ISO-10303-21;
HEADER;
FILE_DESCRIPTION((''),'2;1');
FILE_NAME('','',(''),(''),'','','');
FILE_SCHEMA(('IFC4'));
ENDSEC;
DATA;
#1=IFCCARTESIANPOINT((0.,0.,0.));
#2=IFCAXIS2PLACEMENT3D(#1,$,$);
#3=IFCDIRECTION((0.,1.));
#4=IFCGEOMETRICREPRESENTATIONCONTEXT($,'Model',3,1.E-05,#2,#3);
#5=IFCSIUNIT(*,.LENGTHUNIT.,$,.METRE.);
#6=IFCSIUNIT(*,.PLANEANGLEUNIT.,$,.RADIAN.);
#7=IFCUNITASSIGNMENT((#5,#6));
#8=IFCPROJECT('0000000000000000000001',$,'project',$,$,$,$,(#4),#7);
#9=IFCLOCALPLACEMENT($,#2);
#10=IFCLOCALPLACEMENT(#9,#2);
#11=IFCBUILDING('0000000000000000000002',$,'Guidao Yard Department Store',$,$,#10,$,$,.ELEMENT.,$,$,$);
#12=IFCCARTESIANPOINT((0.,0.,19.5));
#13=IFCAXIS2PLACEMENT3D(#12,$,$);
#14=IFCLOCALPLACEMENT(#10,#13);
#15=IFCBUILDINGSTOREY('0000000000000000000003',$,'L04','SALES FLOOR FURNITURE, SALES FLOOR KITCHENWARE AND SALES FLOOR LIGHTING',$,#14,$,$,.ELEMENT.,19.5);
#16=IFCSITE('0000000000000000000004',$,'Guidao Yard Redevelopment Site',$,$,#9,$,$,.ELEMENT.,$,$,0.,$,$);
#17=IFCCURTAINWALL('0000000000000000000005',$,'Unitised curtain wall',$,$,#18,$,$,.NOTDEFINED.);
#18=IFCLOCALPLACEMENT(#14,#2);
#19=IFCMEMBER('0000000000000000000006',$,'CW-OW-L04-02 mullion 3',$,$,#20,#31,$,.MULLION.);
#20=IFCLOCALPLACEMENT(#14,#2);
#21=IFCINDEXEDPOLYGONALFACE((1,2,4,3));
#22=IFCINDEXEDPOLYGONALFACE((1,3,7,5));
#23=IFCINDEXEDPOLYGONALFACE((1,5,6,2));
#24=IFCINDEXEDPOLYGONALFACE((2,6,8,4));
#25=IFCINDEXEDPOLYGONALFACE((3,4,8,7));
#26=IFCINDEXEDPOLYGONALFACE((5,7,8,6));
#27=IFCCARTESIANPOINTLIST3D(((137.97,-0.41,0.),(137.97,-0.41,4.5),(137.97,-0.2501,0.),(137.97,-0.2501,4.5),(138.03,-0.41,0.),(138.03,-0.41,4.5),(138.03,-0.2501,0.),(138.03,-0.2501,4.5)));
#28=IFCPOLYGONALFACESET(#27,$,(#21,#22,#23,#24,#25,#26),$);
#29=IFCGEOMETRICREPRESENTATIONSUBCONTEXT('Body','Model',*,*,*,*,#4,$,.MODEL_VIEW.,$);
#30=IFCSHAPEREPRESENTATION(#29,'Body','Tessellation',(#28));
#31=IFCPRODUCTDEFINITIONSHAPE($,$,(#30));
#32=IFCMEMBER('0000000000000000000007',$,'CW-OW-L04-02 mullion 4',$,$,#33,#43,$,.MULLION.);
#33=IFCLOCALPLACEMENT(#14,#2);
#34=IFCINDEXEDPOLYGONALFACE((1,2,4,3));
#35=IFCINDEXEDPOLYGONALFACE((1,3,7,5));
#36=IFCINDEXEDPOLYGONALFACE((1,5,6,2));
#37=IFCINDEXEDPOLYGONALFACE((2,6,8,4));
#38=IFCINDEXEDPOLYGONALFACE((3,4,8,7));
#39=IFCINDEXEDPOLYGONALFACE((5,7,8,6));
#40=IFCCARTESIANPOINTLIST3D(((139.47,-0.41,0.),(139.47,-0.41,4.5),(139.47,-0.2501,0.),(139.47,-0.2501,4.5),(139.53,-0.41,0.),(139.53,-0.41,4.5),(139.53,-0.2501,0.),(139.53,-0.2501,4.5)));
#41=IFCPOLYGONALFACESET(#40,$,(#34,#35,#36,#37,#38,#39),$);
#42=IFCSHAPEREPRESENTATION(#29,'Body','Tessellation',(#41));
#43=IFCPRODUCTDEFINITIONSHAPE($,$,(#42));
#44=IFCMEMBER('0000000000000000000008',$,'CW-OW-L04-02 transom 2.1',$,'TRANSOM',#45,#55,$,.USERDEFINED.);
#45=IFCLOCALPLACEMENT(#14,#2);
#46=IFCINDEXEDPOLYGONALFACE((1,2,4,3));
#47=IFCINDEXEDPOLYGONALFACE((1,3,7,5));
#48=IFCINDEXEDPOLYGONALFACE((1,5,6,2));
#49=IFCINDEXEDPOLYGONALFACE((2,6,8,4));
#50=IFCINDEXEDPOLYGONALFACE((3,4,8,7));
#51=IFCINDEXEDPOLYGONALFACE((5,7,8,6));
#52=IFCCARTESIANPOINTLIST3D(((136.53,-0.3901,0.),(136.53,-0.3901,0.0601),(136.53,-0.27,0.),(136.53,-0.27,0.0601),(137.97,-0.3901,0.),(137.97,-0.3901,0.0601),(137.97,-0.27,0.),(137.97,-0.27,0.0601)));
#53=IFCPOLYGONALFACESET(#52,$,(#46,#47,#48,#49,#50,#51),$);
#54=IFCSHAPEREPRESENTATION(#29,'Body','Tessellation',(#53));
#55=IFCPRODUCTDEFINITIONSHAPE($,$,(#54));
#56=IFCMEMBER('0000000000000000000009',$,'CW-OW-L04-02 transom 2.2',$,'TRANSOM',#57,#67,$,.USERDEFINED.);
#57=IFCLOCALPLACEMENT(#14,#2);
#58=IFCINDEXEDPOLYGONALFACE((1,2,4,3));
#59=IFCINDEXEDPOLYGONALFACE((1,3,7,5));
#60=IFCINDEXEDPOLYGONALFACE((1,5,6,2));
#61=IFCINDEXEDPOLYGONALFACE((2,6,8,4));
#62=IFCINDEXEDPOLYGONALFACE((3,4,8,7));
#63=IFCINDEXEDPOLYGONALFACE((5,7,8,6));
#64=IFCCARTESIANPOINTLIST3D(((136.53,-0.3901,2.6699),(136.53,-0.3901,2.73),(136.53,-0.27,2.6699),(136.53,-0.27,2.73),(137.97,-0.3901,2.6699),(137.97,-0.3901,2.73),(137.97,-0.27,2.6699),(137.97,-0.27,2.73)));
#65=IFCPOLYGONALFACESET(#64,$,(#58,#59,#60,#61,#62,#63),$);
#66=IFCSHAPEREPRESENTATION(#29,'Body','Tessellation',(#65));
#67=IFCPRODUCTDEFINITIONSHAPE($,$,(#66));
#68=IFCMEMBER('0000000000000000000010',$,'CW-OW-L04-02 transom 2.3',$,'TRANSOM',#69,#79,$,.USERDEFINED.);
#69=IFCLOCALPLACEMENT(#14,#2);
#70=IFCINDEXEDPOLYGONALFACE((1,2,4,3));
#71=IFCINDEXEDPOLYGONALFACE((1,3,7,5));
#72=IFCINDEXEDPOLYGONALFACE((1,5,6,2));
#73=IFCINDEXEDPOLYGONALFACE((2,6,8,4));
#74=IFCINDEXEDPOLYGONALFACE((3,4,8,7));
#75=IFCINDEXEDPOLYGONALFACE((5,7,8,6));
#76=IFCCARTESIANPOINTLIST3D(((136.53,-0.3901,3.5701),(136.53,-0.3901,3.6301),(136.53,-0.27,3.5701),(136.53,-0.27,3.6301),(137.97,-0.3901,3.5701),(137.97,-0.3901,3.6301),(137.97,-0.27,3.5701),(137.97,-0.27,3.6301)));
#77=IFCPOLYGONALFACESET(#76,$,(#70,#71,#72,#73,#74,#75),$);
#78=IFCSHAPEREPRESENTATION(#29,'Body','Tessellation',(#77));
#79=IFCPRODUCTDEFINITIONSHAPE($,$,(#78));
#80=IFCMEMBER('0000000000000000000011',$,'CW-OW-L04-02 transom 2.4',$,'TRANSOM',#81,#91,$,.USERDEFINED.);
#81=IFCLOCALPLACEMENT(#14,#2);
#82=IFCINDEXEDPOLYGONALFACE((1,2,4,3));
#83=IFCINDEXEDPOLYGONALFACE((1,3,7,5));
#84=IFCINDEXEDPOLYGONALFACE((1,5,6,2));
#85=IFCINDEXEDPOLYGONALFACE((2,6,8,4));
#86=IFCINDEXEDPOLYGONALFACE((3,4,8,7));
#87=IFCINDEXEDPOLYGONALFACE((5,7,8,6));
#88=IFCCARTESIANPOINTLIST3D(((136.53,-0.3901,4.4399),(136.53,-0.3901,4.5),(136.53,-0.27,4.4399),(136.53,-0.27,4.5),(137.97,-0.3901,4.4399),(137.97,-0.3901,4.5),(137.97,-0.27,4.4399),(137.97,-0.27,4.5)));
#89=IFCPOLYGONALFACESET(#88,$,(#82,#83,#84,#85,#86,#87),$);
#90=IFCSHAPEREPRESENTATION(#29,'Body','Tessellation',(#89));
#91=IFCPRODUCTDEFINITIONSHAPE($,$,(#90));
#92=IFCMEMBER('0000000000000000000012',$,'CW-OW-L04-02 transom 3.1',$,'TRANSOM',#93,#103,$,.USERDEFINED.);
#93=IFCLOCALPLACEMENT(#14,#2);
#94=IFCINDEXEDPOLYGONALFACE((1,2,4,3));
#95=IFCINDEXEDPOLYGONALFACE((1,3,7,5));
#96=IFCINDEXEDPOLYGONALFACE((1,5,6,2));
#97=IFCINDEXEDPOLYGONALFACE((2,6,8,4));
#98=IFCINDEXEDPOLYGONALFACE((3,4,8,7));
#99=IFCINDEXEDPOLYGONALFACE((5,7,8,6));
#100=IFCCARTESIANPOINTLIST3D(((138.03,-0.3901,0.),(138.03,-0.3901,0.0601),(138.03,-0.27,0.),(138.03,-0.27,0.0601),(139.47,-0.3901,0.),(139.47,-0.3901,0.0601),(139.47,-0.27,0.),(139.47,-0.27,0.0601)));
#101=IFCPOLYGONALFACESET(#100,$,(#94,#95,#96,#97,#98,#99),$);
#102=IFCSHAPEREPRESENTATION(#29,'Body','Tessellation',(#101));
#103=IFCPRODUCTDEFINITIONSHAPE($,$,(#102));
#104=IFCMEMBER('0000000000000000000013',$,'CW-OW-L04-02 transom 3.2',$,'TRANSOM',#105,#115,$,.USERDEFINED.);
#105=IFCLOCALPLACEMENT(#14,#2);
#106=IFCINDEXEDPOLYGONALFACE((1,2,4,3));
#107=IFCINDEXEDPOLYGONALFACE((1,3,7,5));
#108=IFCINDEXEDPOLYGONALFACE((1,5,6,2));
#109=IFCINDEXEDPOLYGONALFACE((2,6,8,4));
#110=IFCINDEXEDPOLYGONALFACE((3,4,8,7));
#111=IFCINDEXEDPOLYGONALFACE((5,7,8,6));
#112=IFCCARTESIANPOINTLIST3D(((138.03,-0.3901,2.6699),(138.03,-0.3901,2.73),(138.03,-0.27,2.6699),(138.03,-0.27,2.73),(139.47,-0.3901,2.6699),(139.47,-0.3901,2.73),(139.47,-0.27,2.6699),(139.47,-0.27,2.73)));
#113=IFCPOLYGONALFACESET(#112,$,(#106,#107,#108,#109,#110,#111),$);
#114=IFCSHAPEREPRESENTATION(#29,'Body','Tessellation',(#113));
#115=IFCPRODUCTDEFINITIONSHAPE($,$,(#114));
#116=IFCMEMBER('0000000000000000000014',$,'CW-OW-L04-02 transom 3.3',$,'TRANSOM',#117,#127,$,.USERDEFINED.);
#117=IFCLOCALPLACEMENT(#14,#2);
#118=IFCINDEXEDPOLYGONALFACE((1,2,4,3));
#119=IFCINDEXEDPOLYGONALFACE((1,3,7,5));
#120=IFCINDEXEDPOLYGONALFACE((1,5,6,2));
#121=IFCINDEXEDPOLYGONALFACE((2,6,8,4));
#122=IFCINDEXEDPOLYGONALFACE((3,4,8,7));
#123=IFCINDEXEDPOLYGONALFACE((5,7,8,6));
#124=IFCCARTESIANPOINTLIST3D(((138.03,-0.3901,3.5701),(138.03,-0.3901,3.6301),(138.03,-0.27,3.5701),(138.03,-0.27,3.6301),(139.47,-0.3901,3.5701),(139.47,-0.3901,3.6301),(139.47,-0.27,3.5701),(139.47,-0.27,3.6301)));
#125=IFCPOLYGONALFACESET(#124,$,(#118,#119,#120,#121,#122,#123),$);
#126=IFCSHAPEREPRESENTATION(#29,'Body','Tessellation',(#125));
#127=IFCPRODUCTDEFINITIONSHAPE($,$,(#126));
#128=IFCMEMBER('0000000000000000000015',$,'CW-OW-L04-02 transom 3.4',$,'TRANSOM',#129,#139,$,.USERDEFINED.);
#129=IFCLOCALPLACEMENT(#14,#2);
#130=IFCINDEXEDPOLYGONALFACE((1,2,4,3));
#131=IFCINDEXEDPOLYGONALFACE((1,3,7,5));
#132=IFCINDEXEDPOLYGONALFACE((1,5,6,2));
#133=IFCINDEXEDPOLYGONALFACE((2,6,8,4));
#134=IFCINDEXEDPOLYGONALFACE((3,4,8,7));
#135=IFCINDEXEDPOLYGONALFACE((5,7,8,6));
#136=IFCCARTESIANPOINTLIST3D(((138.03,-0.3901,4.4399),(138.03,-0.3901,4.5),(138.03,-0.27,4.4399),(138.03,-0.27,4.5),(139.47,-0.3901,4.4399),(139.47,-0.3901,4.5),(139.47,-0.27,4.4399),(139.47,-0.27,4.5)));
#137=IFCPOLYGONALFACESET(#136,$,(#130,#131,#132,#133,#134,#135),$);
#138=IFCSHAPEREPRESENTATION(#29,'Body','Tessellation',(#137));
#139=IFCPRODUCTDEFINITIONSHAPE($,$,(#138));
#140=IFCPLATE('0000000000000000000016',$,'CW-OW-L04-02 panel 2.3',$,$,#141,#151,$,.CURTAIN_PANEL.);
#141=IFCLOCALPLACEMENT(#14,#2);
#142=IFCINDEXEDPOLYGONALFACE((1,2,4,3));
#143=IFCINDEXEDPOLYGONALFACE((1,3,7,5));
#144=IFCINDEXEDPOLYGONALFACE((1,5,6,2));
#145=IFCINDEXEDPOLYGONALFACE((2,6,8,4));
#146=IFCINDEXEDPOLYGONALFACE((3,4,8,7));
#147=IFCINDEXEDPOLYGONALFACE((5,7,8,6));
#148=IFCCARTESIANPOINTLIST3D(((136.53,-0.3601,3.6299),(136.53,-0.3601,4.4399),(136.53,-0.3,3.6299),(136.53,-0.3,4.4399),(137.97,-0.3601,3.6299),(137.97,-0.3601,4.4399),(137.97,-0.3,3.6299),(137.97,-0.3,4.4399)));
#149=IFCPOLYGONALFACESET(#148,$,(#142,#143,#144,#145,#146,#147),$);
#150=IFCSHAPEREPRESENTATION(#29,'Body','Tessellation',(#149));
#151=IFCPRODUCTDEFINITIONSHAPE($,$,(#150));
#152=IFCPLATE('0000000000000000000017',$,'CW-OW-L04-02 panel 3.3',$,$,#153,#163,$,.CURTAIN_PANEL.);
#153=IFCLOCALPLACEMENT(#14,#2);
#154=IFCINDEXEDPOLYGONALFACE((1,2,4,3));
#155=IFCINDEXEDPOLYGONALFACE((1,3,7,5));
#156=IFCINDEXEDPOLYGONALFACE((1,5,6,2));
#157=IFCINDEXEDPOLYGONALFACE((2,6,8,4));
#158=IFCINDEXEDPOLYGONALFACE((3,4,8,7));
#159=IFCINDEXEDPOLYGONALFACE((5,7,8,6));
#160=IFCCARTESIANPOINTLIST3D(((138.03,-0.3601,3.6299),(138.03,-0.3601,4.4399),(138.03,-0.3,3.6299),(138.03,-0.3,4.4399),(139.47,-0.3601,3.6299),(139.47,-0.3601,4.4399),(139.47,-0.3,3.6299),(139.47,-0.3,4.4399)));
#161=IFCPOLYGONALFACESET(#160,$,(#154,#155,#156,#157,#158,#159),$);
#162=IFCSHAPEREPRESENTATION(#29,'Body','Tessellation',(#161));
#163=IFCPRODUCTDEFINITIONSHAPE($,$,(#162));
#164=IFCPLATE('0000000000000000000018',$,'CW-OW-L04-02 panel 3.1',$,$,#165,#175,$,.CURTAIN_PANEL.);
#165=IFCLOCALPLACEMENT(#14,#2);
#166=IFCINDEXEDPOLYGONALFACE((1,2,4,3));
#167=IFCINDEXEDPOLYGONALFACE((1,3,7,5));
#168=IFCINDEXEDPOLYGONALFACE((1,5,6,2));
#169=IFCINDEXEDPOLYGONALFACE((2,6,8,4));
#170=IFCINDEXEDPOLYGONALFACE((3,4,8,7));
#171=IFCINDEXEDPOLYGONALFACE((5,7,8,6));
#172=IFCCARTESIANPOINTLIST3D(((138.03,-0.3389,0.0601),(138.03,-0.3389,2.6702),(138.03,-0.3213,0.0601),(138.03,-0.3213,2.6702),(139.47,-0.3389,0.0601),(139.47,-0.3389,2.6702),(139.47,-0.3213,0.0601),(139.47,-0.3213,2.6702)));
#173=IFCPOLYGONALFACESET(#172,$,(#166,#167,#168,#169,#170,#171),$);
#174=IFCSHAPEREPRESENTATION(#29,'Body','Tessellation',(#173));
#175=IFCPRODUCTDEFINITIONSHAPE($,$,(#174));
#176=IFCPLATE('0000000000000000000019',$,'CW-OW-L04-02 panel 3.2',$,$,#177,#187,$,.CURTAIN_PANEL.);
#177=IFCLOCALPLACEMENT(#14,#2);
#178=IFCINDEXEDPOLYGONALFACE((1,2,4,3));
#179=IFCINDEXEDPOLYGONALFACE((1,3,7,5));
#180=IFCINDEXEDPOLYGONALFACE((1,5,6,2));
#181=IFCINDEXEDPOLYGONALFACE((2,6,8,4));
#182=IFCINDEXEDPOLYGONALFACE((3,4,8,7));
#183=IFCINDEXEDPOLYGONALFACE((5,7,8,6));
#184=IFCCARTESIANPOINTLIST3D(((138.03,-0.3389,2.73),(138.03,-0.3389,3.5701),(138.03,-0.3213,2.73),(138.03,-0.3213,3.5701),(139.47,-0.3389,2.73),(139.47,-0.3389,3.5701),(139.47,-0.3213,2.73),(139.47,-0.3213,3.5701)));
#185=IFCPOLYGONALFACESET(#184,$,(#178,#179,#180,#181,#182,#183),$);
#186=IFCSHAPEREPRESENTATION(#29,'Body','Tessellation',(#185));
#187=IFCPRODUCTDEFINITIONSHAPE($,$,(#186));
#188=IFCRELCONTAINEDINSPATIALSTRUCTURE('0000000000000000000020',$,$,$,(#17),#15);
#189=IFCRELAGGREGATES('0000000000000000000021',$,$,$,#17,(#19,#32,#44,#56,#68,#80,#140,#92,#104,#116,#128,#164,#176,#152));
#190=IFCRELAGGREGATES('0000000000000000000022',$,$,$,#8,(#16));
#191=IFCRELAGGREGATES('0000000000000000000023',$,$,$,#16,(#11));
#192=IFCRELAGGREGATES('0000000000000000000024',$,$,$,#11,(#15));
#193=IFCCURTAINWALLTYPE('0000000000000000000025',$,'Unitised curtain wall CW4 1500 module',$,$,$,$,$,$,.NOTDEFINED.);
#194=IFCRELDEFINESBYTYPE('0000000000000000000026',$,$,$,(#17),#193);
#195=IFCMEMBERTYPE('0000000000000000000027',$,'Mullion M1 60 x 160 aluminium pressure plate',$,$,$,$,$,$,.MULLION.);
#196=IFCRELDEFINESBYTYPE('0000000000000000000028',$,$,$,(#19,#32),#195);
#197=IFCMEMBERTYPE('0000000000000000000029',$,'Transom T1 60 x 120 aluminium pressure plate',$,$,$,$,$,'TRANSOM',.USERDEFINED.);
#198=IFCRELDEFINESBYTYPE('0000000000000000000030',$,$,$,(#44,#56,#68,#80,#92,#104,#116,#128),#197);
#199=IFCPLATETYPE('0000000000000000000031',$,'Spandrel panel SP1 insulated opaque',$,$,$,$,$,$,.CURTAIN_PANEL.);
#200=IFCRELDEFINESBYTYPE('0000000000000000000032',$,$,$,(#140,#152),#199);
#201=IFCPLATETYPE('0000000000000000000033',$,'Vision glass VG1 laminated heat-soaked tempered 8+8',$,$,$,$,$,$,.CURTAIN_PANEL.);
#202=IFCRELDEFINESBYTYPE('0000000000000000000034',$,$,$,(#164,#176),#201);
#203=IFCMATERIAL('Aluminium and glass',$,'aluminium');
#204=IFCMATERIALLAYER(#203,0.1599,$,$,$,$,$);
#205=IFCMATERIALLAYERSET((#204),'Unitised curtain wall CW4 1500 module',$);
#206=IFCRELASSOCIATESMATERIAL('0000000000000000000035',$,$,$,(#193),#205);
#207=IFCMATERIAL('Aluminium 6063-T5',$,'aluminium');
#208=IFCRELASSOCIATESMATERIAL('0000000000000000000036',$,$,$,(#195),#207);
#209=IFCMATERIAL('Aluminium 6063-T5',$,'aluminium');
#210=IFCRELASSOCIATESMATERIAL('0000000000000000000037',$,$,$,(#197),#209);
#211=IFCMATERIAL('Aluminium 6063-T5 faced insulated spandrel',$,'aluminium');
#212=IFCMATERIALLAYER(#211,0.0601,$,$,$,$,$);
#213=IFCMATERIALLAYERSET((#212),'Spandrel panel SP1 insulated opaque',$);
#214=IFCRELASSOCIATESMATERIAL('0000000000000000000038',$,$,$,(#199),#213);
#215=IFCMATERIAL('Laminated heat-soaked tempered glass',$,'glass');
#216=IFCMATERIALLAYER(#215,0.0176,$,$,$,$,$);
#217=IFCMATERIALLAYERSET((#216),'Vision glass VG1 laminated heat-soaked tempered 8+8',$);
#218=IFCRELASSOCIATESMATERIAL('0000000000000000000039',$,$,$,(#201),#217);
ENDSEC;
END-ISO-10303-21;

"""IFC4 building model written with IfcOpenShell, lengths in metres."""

from ifc_helpers import new_model, si_unit, direction, frame, origin, origin_2d, place, context, subcontext, project, spatial, rectangle, extrude, material, layer, layer_set, material_profile, profile_set, type_object, element, aggregate, save


model = new_model("IFC4")

# Units and contexts
model_context = context("Model", 3, precision=1e-05, world=origin(), true_north=direction((0.0, 1.0)))
body_context = subcontext(model_context, "Body", "Model", "MODEL_VIEW")
ifc_project = project(units=[si_unit("LENGTHUNIT", "METRE"), si_unit("PLANEANGLEUNIT", "RADIAN")], contexts=[model_context])

# Site, building, storey
site_placement = place(None, origin())
site = spatial("IfcSite", under=ifc_project, at=site_placement, Name="Guidao Yard Redevelopment Site", CompositionType="ELEMENT", RefElevation=0.0)
building_placement = place(site_placement, origin())
building = spatial("IfcBuilding", under=site, at=building_placement, Name="Guidao Yard Department Store", CompositionType="ELEMENT")
storey_placement = place(building_placement, frame((0.0, 0.0, 19.5)))
storey = spatial("IfcBuildingStorey", under=building, at=storey_placement, Name="L04", Description="SALES FLOOR FURNITURE, SALES FLOOR KITCHENWARE AND SALES FLOOR LIGHTING", CompositionType="ELEMENT", Elevation=19.5)

# Curtain wall, members, plates
ifc_material_1 = material(Name="Aluminium and glass", Category="aluminium")
ifc_layer_1 = layer(ifc_material_1, 0.1599)
ifc_layer_set_1 = layer_set([ifc_layer_1], Name="Unitised curtain wall CW4 1500 module")
curtain_wall_type = type_object("IfcCurtainWallType", Name="Unitised curtain wall CW4 1500 module", PredefinedType="NOTDEFINED", material=ifc_layer_set_1)
curtain_wall_placement = place(storey_placement, origin())
curtain_wall = element("IfcCurtainWall", 1, at=curtain_wall_placement, inside=storey, type_object=curtain_wall_type, Name="Unitised curtain wall", PredefinedType="NOTDEFINED")
ifc_material_2 = material(Name="Aluminium 6063-T5", Category="aluminium")
ifc_material_profile_1 = material_profile(ifc_material_2, rectangle(XDim=0.0601, YDim=0.1599, at=origin_2d()), Name="Mullion M1 60 x 160 aluminium pressure plate")
ifc_profile_set_1 = profile_set([ifc_material_profile_1], Name="Aluminium 6063-T5")
member_type_1 = type_object("IfcMemberType", Name="Mullion M1 60 x 160 aluminium pressure plate", PredefinedType="MULLION", material=ifc_profile_set_1)
member_1_placement = place(storey_placement, frame((138.0, -0.3301, 0.0), z_axis=(0.0, 0.0, 1.0), x_axis=(-1.0, 0.0, 0.0)))
member_1 = element("IfcMember", 2, at=member_1_placement, type_object=member_type_1, Name="CW-OW-L04-02 mullion 3", PredefinedType="MULLION", context=body_context, shape_type="SweptSolid", body=[
    extrude(rectangle(XDim=0.0601, YDim=0.1599, at=origin_2d()), origin(), (0.0, 0.0, 1.0), 4.5),
])
member_2_placement = place(storey_placement, frame((139.5, -0.3301, 0.0), z_axis=(0.0, 0.0, 1.0), x_axis=(-1.0, 0.0, 0.0)))
member_2 = element("IfcMember", 3, at=member_2_placement, type_object=member_type_1, Name="CW-OW-L04-02 mullion 4", PredefinedType="MULLION", context=body_context, shape_type="SweptSolid", body=[
    extrude(rectangle(XDim=0.0601, YDim=0.1599, at=origin_2d()), origin(), (0.0, 0.0, 1.0), 4.5),
])
ifc_material_3 = material(Name="Aluminium 6063-T5", Category="aluminium")
ifc_material_profile_2 = material_profile(ifc_material_3, rectangle(XDim=0.1201, YDim=0.0601, at=origin_2d()), Name="Transom T1 60 x 120 aluminium pressure plate")
ifc_profile_set_2 = profile_set([ifc_material_profile_2], Name="Aluminium 6063-T5")
member_type_2 = type_object("IfcMemberType", Name="Transom T1 60 x 120 aluminium pressure plate", ElementType="TRANSOM", PredefinedType="USERDEFINED", material=ifc_profile_set_2)
member_3_placement = place(storey_placement, frame((137.97, -0.3301, 0.03), z_axis=(-1.0, 0.0, 0.0), x_axis=(0.0, -1.0, 0.0)))
member_3 = element("IfcMember", 4, at=member_3_placement, type_object=member_type_2, Name="CW-OW-L04-02 transom 2.1", ObjectType="TRANSOM", PredefinedType="USERDEFINED", context=body_context, shape_type="SweptSolid", body=[
    extrude(rectangle(XDim=0.1201, YDim=0.0601, at=origin_2d()), origin(), (0.0, 0.0, 1.0), 1.4399),
])
member_4_placement = place(storey_placement, frame((137.97, -0.3301, 2.7), z_axis=(-1.0, 0.0, 0.0), x_axis=(0.0, -1.0, 0.0)))
member_4 = element("IfcMember", 5, at=member_4_placement, type_object=member_type_2, Name="CW-OW-L04-02 transom 2.2", ObjectType="TRANSOM", PredefinedType="USERDEFINED", context=body_context, shape_type="SweptSolid", body=[
    extrude(rectangle(XDim=0.1201, YDim=0.0601, at=origin_2d()), origin(), (0.0, 0.0, 1.0), 1.4399),
])
member_5_placement = place(storey_placement, frame((137.97, -0.3301, 3.6001), z_axis=(-1.0, 0.0, 0.0), x_axis=(0.0, -1.0, 0.0)))
member_5 = element("IfcMember", 6, at=member_5_placement, type_object=member_type_2, Name="CW-OW-L04-02 transom 2.3", ObjectType="TRANSOM", PredefinedType="USERDEFINED", context=body_context, shape_type="SweptSolid", body=[
    extrude(rectangle(XDim=0.1201, YDim=0.0601, at=origin_2d()), origin(), (0.0, 0.0, 1.0), 1.4399),
])
member_6_placement = place(storey_placement, frame((137.97, -0.3301, 4.47), z_axis=(-1.0, 0.0, 0.0), x_axis=(0.0, -1.0, 0.0)))
member_6 = element("IfcMember", 7, at=member_6_placement, type_object=member_type_2, Name="CW-OW-L04-02 transom 2.4", ObjectType="TRANSOM", PredefinedType="USERDEFINED", context=body_context, shape_type="SweptSolid", body=[
    extrude(rectangle(XDim=0.1201, YDim=0.0601, at=origin_2d()), origin(), (0.0, 0.0, 1.0), 1.4399),
])
member_7_placement = place(storey_placement, frame((139.47, -0.3301, 0.03), z_axis=(-1.0, 0.0, 0.0), x_axis=(0.0, -1.0, 0.0)))
member_7 = element("IfcMember", 8, at=member_7_placement, type_object=member_type_2, Name="CW-OW-L04-02 transom 3.1", ObjectType="TRANSOM", PredefinedType="USERDEFINED", context=body_context, shape_type="SweptSolid", body=[
    extrude(rectangle(XDim=0.1201, YDim=0.0601, at=origin_2d()), origin(), (0.0, 0.0, 1.0), 1.4399),
])
member_8_placement = place(storey_placement, frame((139.47, -0.3301, 2.7), z_axis=(-1.0, 0.0, 0.0), x_axis=(0.0, -1.0, 0.0)))
member_8 = element("IfcMember", 9, at=member_8_placement, type_object=member_type_2, Name="CW-OW-L04-02 transom 3.2", ObjectType="TRANSOM", PredefinedType="USERDEFINED", context=body_context, shape_type="SweptSolid", body=[
    extrude(rectangle(XDim=0.1201, YDim=0.0601, at=origin_2d()), origin(), (0.0, 0.0, 1.0), 1.4399),
])
member_9_placement = place(storey_placement, frame((139.47, -0.3301, 3.6001), z_axis=(-1.0, 0.0, 0.0), x_axis=(0.0, -1.0, 0.0)))
member_9 = element("IfcMember", 10, at=member_9_placement, type_object=member_type_2, Name="CW-OW-L04-02 transom 3.3", ObjectType="TRANSOM", PredefinedType="USERDEFINED", context=body_context, shape_type="SweptSolid", body=[
    extrude(rectangle(XDim=0.1201, YDim=0.0601, at=origin_2d()), origin(), (0.0, 0.0, 1.0), 1.4399),
])
member_10_placement = place(storey_placement, frame((139.47, -0.3301, 4.47), z_axis=(-1.0, 0.0, 0.0), x_axis=(0.0, -1.0, 0.0)))
member_10 = element("IfcMember", 11, at=member_10_placement, type_object=member_type_2, Name="CW-OW-L04-02 transom 3.4", ObjectType="TRANSOM", PredefinedType="USERDEFINED", context=body_context, shape_type="SweptSolid", body=[
    extrude(rectangle(XDim=0.1201, YDim=0.0601, at=origin_2d()), origin(), (0.0, 0.0, 1.0), 1.4399),
])
ifc_material_4 = material(Name="Aluminium 6063-T5 faced insulated spandrel", Category="aluminium")
ifc_layer_2 = layer(ifc_material_4, 0.0601)
ifc_layer_set_2 = layer_set([ifc_layer_2], Name="Spandrel panel SP1 insulated opaque")
plate_type_1 = type_object("IfcPlateType", Name="Spandrel panel SP1 insulated opaque", PredefinedType="CURTAIN_PANEL", material=ifc_layer_set_2)
plate_1_placement = place(storey_placement, frame((137.25, -0.3301, 3.6299), z_axis=(0.0, 0.0, 1.0), x_axis=(-1.0, 0.0, 0.0)))
plate_1 = element("IfcPlate", 12, at=plate_1_placement, type_object=plate_type_1, Name="CW-OW-L04-02 panel 2.3", PredefinedType="CURTAIN_PANEL", context=body_context, shape_type="SweptSolid", body=[
    extrude(rectangle(XDim=1.4399, YDim=0.0601, at=origin_2d()), origin(), (0.0, 0.0, 1.0), 0.8101),
])
plate_2_placement = place(storey_placement, frame((138.75, -0.3301, 3.6299), z_axis=(0.0, 0.0, 1.0), x_axis=(-1.0, 0.0, 0.0)))
plate_2 = element("IfcPlate", 13, at=plate_2_placement, type_object=plate_type_1, Name="CW-OW-L04-02 panel 3.3", PredefinedType="CURTAIN_PANEL", context=body_context, shape_type="SweptSolid", body=[
    extrude(rectangle(XDim=1.4399, YDim=0.0601, at=origin_2d()), origin(), (0.0, 0.0, 1.0), 0.8101),
])
ifc_material_5 = material(Name="Laminated heat-soaked tempered glass", Category="glass")
ifc_layer_3 = layer(ifc_material_5, 0.0176)
ifc_layer_set_3 = layer_set([ifc_layer_3], Name="Vision glass VG1 laminated heat-soaked tempered 8+8")
plate_type_2 = type_object("IfcPlateType", Name="Vision glass VG1 laminated heat-soaked tempered 8+8", PredefinedType="CURTAIN_PANEL", material=ifc_layer_set_3)
plate_3_placement = place(storey_placement, frame((138.75, -0.3301, 0.0601), z_axis=(0.0, 0.0, 1.0), x_axis=(-1.0, 0.0, 0.0)))
plate_3 = element("IfcPlate", 14, at=plate_3_placement, type_object=plate_type_2, Name="CW-OW-L04-02 panel 3.1", PredefinedType="CURTAIN_PANEL", context=body_context, shape_type="SweptSolid", body=[
    extrude(rectangle(XDim=1.4399, YDim=0.0176, at=origin_2d()), origin(), (0.0, 0.0, 1.0), 2.6101),
])
plate_4_placement = place(storey_placement, frame((138.75, -0.3301, 2.73), z_axis=(0.0, 0.0, 1.0), x_axis=(-1.0, 0.0, 0.0)))
plate_4 = element("IfcPlate", 15, at=plate_4_placement, type_object=plate_type_2, Name="CW-OW-L04-02 panel 3.2", PredefinedType="CURTAIN_PANEL", context=body_context, shape_type="SweptSolid", body=[
    extrude(rectangle(XDim=1.4399, YDim=0.0176, at=origin_2d()), origin(), (0.0, 0.0, 1.0), 0.8401),
])
aggregate(curtain_wall, [member_1, member_2, member_3, member_4, member_5, member_6, plate_1, member_7, member_8, member_9, member_10, plate_3, plate_4, plate_2])

save(model, "model.ifc")
